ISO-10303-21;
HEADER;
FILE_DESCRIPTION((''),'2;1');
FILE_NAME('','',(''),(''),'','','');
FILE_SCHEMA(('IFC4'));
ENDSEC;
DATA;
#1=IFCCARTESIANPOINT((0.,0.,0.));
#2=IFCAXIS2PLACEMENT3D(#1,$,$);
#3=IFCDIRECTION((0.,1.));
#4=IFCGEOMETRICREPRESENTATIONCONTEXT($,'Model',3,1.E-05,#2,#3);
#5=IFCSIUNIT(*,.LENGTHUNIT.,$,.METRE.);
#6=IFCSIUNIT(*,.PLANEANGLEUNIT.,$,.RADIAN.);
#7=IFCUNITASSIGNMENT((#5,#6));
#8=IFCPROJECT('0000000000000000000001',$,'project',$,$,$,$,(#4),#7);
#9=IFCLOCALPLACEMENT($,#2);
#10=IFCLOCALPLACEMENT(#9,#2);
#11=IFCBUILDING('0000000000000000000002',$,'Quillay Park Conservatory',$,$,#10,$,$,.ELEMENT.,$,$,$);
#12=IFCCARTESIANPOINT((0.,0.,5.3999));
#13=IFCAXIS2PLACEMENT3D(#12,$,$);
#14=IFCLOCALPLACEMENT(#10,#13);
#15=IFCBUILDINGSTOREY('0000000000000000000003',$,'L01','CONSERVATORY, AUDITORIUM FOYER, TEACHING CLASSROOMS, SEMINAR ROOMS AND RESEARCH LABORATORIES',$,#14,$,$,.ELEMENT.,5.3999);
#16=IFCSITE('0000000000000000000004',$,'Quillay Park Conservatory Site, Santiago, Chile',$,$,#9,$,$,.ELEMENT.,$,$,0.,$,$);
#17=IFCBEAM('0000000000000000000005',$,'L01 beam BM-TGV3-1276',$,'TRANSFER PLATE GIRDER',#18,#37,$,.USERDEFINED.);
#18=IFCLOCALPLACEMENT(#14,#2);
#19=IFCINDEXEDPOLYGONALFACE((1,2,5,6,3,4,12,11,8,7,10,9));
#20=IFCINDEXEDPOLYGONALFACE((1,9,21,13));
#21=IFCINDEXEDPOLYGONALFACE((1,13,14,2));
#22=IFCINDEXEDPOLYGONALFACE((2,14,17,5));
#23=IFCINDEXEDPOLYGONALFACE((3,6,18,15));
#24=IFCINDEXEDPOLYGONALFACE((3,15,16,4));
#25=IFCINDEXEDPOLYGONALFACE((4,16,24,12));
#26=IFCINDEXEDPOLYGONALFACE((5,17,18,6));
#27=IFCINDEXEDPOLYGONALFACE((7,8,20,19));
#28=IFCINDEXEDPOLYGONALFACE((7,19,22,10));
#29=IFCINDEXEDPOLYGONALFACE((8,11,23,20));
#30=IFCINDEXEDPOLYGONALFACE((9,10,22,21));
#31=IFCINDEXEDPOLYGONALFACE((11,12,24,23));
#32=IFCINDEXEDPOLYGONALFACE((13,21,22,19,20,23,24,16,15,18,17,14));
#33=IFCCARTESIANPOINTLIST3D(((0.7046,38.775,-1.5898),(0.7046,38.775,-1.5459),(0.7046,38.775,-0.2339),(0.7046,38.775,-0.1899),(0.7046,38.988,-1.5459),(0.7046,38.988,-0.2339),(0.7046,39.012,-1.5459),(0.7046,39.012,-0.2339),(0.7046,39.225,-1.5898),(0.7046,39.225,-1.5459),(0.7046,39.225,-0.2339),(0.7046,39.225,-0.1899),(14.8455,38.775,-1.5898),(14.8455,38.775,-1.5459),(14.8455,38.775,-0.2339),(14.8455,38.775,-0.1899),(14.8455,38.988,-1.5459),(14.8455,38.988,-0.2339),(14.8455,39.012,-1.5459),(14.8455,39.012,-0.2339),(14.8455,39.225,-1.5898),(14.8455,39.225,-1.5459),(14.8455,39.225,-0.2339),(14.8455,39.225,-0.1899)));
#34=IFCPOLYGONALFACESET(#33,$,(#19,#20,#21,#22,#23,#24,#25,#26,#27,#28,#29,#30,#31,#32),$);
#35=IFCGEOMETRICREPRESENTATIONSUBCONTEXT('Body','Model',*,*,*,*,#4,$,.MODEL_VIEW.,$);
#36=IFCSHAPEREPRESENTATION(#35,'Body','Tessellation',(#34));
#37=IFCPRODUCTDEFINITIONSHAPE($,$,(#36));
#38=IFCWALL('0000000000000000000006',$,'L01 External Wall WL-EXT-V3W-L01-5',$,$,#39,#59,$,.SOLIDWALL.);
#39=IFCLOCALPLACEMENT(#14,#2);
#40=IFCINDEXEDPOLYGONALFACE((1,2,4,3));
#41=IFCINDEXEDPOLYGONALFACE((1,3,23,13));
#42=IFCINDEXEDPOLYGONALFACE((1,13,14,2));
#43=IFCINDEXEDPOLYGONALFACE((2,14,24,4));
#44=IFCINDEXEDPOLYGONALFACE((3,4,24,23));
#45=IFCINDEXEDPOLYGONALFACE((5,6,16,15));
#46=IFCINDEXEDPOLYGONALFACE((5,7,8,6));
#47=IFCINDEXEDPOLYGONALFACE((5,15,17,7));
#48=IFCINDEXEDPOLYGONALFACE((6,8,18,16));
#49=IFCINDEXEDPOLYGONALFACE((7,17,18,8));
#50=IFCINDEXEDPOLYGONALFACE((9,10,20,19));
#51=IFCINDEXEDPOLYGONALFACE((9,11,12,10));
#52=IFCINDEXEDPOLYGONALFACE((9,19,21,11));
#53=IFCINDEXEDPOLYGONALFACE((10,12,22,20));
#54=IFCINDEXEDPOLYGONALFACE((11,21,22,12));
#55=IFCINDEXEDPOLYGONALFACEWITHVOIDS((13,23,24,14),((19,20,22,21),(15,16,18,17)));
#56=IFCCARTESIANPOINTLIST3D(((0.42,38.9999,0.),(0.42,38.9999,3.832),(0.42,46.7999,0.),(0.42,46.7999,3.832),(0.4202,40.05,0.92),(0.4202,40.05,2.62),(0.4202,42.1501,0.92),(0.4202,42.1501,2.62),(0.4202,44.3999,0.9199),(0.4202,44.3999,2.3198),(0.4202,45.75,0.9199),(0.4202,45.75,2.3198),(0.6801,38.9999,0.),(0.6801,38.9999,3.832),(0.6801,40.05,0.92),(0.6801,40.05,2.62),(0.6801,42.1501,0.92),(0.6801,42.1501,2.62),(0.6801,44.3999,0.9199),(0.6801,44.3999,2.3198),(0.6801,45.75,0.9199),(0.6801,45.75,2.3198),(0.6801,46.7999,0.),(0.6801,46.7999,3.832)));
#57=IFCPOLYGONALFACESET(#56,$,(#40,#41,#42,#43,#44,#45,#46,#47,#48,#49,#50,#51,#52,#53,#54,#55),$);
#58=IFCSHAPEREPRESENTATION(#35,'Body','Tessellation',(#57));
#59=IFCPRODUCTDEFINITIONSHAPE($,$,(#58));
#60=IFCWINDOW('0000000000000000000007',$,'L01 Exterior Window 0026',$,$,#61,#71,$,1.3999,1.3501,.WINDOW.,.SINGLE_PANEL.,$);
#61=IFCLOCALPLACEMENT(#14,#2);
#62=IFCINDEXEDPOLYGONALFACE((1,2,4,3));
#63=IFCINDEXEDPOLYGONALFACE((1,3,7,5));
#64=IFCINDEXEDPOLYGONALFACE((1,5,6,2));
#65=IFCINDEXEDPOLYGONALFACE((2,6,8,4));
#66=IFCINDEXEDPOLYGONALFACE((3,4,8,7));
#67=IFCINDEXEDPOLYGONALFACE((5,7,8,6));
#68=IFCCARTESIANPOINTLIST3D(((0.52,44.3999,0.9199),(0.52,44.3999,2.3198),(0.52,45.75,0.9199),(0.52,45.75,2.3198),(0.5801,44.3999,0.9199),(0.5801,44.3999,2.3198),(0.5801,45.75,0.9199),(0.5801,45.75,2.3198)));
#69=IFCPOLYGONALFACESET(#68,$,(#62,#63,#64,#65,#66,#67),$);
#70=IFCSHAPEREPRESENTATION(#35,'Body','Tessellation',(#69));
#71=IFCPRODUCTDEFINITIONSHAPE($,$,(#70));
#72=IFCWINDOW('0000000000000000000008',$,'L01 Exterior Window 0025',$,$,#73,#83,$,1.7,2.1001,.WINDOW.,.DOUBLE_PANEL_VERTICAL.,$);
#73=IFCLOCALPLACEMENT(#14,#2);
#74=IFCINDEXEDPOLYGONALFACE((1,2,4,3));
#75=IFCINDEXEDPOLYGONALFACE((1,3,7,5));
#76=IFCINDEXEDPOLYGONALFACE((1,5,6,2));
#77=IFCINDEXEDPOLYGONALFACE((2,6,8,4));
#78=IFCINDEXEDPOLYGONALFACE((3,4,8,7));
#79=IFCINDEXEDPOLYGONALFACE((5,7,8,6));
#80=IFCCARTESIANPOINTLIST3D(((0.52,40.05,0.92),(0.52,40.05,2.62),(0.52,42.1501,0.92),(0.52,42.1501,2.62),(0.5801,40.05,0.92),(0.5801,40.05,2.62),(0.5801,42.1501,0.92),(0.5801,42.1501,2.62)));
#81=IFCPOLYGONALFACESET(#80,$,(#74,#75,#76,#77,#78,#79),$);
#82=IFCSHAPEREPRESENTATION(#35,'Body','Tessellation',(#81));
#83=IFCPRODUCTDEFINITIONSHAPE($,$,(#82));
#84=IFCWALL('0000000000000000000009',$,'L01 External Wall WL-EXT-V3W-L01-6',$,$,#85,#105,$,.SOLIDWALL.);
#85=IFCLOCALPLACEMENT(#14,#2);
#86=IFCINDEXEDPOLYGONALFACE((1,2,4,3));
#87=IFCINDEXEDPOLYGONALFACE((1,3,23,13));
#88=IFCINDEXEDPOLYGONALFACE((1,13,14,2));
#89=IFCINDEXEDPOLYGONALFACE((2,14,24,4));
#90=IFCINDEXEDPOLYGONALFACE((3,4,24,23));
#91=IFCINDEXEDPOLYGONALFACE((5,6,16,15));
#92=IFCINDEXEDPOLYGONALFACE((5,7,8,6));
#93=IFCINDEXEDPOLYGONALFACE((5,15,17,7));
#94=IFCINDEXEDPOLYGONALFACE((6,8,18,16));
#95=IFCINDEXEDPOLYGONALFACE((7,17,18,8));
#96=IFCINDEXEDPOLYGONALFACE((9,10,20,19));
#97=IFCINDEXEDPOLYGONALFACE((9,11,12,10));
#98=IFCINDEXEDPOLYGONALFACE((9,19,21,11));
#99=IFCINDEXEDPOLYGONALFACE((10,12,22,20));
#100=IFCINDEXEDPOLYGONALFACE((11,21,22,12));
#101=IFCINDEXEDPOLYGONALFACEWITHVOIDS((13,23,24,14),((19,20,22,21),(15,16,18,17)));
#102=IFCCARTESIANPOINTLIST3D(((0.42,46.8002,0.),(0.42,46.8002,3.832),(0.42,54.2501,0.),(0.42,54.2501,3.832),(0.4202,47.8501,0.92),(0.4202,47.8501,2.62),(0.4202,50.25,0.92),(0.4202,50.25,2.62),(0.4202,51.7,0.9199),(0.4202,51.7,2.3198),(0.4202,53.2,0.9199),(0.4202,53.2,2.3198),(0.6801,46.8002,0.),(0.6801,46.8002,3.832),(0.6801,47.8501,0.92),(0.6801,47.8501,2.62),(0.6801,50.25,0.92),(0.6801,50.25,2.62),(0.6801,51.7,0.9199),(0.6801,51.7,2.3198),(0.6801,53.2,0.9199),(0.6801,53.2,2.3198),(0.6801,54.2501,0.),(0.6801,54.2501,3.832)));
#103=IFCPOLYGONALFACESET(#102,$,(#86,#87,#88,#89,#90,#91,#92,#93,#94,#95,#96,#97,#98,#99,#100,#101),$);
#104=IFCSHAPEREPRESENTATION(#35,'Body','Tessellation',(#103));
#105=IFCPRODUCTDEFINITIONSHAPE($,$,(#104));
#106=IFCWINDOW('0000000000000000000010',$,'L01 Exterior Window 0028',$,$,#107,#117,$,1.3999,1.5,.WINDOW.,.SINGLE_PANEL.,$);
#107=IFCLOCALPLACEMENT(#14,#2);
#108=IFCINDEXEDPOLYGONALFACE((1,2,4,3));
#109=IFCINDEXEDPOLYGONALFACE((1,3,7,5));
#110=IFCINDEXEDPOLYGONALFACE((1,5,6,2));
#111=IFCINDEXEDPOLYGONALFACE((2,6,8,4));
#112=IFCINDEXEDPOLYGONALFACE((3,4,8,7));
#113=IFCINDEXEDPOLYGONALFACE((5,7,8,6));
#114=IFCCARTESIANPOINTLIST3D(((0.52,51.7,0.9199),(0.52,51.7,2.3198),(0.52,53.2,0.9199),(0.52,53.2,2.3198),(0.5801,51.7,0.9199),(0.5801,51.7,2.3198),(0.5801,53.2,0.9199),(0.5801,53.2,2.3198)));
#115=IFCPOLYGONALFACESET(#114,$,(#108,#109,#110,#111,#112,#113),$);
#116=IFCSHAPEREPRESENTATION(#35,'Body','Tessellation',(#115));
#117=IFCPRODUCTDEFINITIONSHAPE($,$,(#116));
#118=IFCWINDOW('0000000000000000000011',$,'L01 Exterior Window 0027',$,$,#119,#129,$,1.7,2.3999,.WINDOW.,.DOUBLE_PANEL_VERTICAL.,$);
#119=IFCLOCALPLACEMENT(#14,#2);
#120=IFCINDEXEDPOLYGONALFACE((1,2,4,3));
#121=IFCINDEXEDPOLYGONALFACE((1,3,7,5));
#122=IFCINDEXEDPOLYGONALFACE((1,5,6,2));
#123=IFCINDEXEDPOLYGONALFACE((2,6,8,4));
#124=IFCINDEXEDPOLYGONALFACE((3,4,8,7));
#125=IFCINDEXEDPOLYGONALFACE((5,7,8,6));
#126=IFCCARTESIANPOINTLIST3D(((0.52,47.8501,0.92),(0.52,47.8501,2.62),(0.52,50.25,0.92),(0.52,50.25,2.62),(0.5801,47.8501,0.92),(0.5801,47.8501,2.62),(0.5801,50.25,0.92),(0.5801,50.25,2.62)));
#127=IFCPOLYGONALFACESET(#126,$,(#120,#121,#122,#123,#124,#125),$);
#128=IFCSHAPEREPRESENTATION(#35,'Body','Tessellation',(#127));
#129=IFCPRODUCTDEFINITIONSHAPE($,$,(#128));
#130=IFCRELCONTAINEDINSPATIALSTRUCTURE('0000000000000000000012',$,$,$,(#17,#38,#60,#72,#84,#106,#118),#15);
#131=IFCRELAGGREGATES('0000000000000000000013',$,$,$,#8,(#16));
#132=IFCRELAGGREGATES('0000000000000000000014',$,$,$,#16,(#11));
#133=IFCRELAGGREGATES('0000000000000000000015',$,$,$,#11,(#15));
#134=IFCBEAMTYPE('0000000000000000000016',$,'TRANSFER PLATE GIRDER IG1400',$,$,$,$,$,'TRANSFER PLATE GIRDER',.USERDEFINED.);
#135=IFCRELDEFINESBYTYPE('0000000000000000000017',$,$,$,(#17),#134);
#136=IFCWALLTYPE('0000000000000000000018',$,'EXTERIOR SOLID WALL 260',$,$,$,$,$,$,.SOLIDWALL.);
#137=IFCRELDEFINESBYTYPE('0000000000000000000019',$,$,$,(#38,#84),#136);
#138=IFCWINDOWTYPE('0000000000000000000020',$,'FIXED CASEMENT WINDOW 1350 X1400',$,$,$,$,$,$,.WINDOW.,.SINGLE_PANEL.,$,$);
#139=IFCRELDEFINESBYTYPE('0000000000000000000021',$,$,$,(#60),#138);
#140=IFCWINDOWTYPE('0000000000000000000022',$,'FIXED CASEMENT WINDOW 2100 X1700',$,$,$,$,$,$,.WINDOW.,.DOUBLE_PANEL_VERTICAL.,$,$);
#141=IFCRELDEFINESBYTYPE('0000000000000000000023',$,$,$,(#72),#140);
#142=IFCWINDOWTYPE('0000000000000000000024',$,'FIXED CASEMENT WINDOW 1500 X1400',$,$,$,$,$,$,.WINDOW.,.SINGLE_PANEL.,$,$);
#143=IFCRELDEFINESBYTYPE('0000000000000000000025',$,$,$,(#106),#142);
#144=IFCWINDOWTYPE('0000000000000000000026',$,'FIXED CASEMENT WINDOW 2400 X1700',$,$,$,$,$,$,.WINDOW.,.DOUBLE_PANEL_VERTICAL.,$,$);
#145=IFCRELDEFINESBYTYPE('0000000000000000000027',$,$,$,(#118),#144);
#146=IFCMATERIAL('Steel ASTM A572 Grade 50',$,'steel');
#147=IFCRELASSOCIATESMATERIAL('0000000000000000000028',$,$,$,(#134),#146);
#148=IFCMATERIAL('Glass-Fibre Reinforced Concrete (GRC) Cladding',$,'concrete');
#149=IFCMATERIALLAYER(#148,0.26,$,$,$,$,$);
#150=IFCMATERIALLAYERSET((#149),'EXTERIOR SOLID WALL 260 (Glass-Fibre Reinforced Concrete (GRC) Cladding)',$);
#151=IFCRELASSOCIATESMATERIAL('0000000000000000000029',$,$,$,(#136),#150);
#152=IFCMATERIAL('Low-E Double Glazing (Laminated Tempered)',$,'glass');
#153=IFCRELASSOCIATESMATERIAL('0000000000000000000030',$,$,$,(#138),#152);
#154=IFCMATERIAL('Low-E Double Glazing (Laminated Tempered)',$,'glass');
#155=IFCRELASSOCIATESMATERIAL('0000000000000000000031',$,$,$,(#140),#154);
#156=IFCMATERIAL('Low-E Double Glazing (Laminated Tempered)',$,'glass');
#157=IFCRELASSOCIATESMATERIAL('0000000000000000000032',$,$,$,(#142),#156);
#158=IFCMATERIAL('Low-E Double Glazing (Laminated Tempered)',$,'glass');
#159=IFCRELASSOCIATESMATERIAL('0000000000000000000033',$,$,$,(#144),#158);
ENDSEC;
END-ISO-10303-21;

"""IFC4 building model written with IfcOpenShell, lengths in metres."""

from ifc_helpers import new_model, si_unit, direction, frame, frame_2d, origin, origin_2d, place, context, subcontext, project, spatial, rectangle, i_section, extrude, material, layer, layer_set, material_profile, profile_set, type_object, element, fill, save


model = new_model("IFC4")

# Units and contexts
model_context = context("Model", 3, precision=1e-05, world=origin(), true_north=direction((0.0, 1.0)))
body_context = subcontext(model_context, "Body", "Model", "MODEL_VIEW")
ifc_project = project(units=[si_unit("LENGTHUNIT", "METRE"), si_unit("PLANEANGLEUNIT", "RADIAN")], contexts=[model_context])

# Site, building, storey
site_placement = place(None, origin())
site = spatial("IfcSite", under=ifc_project, at=site_placement, Name="Quillay Park Conservatory Site, Santiago, Chile", CompositionType="ELEMENT", RefElevation=0.0)
building_placement = place(site_placement, origin())
building = spatial("IfcBuilding", under=site, at=building_placement, Name="Quillay Park Conservatory", CompositionType="ELEMENT")
storey_placement = place(building_placement, frame((0.0, 0.0, 5.3999)))
storey = spatial("IfcBuildingStorey", under=building, at=storey_placement, Name="L01", Description="CONSERVATORY, AUDITORIUM FOYER, TEACHING CLASSROOMS, SEMINAR ROOMS AND RESEARCH LABORATORIES", CompositionType="ELEMENT", Elevation=5.3999)

# Beam
ifc_material_1 = material(Name="Steel ASTM A572 Grade 50", Category="steel")
ifc_material_profile_1 = material_profile(ifc_material_1, i_section(OverallWidth=0.45, OverallDepth=1.3999, WebThickness=0.0239, FlangeThickness=0.0439, at=origin_2d()), Name="IG1400x450")
ifc_profile_set_1 = profile_set([ifc_material_profile_1], Name="Steel ASTM A572 Grade 50")
beam_type_1 = type_object("IfcBeamType", Name="TRANSFER PLATE GIRDER IG1400", ElementType="TRANSFER PLATE GIRDER", PredefinedType="USERDEFINED", material=ifc_profile_set_1)
beam_1_placement = place(storey_placement, frame((0.7046, 39.0, -0.8899), z_axis=(1.0, 0.0, 0.0), x_axis=(0.0, 1.0, 0.0)))
element("IfcBeam", 1, at=beam_1_placement, inside=storey, type_object=beam_type_1, Name="L01 beam BM-TGV3-1276", ObjectType="TRANSFER PLATE GIRDER", PredefinedType="USERDEFINED", context=body_context, shape_type="SweptSolid", body=[
    extrude(i_section(OverallWidth=0.45, OverallDepth=1.3999, WebThickness=0.0239, FlangeThickness=0.0439, at=origin_2d()), origin(), (0.0, 0.0, 1.0), 14.1409),
])

# Walls, openings, windows
ifc_material_2 = material(Name="Glass-Fibre Reinforced Concrete (GRC) Cladding", Category="concrete")
ifc_layer = layer(ifc_material_2, 0.26)
ifc_layer_set = layer_set([ifc_layer], Name="EXTERIOR SOLID WALL 260 (Glass-Fibre Reinforced Concrete (GRC) Cladding)")
wall_type = type_object("IfcWallType", Name="EXTERIOR SOLID WALL 260", PredefinedType="SOLIDWALL", material=ifc_layer_set)
wall_1_placement = place(storey_placement, frame((0.55, 39.0, 0.0), z_axis=(0.0, 0.0, 1.0), x_axis=(0.0, 1.0, 0.0)))
wall_1 = element("IfcWall", 2, at=wall_1_placement, inside=storey, type_object=wall_type, Name="L01 External Wall WL-EXT-V3W-L01-5", PredefinedType="SOLIDWALL", context=body_context, shape_type="SweptSolid", body=[
    extrude(rectangle(XDim=7.8, YDim=0.26, at=frame_2d((3.8999, 0.0))), origin(), (0.0, 0.0, 1.0), 3.832),
])
opening_1_placement = place(wall_1_placement, frame((1.05, 0.0, 0.9199)))
opening_1 = element("IfcOpeningElement", 3, at=opening_1_placement, cuts=wall_1, PredefinedType="OPENING", context=body_context, shape_type="SweptSolid", body=[
    extrude(rectangle(XDim=2.1001, YDim=1.7, at=frame_2d((1.05, 0.8501))), frame((0.0, 0.1299, 0.0), z_axis=(0.0, -1.0, 0.0), x_axis=(1.0, 0.0, 0.0)), (0.0, 0.0, 1.0), 0.26),
])
opening_2_placement = place(wall_1_placement, frame((5.3999, 0.0, 0.9199)))
opening_2 = element("IfcOpeningElement", 4, at=opening_2_placement, cuts=wall_1, PredefinedType="OPENING", context=body_context, shape_type="SweptSolid", body=[
    extrude(rectangle(XDim=1.3501, YDim=1.3999, at=frame_2d((0.675, 0.7))), frame((0.0, 0.1299, 0.0), z_axis=(0.0, -1.0, 0.0), x_axis=(1.0, 0.0, 0.0)), (0.0, 0.0, 1.0), 0.26),
])
ifc_material_3 = material(Name="Low-E Double Glazing (Laminated Tempered)", Category="glass")
window_type_1 = type_object("IfcWindowType", Name="FIXED CASEMENT WINDOW 1350 X1400", PartitioningType="SINGLE_PANEL", PredefinedType="WINDOW", material=ifc_material_3)
window_1_placement = place(opening_2_placement, origin())
window_1 = element("IfcWindow", 5, at=window_1_placement, inside=storey, type_object=window_type_1, Name="L01 Exterior Window 0026", OverallHeight=1.3999, OverallWidth=1.3501, PartitioningType="SINGLE_PANEL", PredefinedType="WINDOW", context=body_context, shape_type="SweptSolid", body=[
    extrude(rectangle(XDim=1.3501, YDim=1.3999, at=frame_2d((0.675, 0.7))), frame((0.0, 0.03, 0.0), z_axis=(0.0, -1.0, 0.0), x_axis=(1.0, 0.0, 0.0)), (0.0, 0.0, 1.0), 0.0601),
])
fill(opening_2, window_1)
ifc_material_4 = material(Name="Low-E Double Glazing (Laminated Tempered)", Category="glass")
window_type_2 = type_object("IfcWindowType", Name="FIXED CASEMENT WINDOW 2100 X1700", PartitioningType="DOUBLE_PANEL_VERTICAL", PredefinedType="WINDOW", material=ifc_material_4)
window_2_placement = place(opening_1_placement, origin())
window_2 = element("IfcWindow", 6, at=window_2_placement, inside=storey, type_object=window_type_2, Name="L01 Exterior Window 0025", OverallHeight=1.7, OverallWidth=2.1001, PartitioningType="DOUBLE_PANEL_VERTICAL", PredefinedType="WINDOW", context=body_context, shape_type="SweptSolid", body=[
    extrude(rectangle(XDim=2.1001, YDim=1.7, at=frame_2d((1.05, 0.8501))), frame((0.0, 0.03, 0.0), z_axis=(0.0, -1.0, 0.0), x_axis=(1.0, 0.0, 0.0)), (0.0, 0.0, 1.0), 0.0601),
])
fill(opening_1, window_2)
wall_2_placement = place(storey_placement, frame((0.55, 46.8, 0.0), z_axis=(0.0, 0.0, 1.0), x_axis=(0.0, 1.0, 0.0)))
wall_2 = element("IfcWall", 7, at=wall_2_placement, inside=storey, type_object=wall_type, Name="L01 External Wall WL-EXT-V3W-L01-6", PredefinedType="SOLIDWALL", context=body_context, shape_type="SweptSolid", body=[
    extrude(rectangle(XDim=7.45, YDim=0.26, at=frame_2d((3.7251, 0.0))), origin(), (0.0, 0.0, 1.0), 3.832),
])
opening_3_placement = place(wall_2_placement, frame((1.05, 0.0, 0.9199)))
opening_3 = element("IfcOpeningElement", 8, at=opening_3_placement, cuts=wall_2, PredefinedType="OPENING", context=body_context, shape_type="SweptSolid", body=[
    extrude(rectangle(XDim=2.3999, YDim=1.7, at=frame_2d((1.2, 0.8501))), frame((0.0, 0.1299, 0.0), z_axis=(0.0, -1.0, 0.0), x_axis=(1.0, 0.0, 0.0)), (0.0, 0.0, 1.0), 0.26),
])
opening_4_placement = place(wall_2_placement, frame((4.8999, 0.0, 0.9199)))
opening_4 = element("IfcOpeningElement", 9, at=opening_4_placement, cuts=wall_2, PredefinedType="OPENING", context=body_context, shape_type="SweptSolid", body=[
    extrude(rectangle(XDim=1.5, YDim=1.3999, at=frame_2d((0.75, 0.7))), frame((0.0, 0.1299, 0.0), z_axis=(0.0, -1.0, 0.0), x_axis=(1.0, 0.0, 0.0)), (0.0, 0.0, 1.0), 0.26),
])
ifc_material_5 = material(Name="Low-E Double Glazing (Laminated Tempered)", Category="glass")
window_type_3 = type_object("IfcWindowType", Name="FIXED CASEMENT WINDOW 1500 X1400", PartitioningType="SINGLE_PANEL", PredefinedType="WINDOW", material=ifc_material_5)
window_3_placement = place(opening_4_placement, origin())
window_3 = element("IfcWindow", 10, at=window_3_placement, inside=storey, type_object=window_type_3, Name="L01 Exterior Window 0028", OverallHeight=1.3999, OverallWidth=1.5, PartitioningType="SINGLE_PANEL", PredefinedType="WINDOW", context=body_context, shape_type="SweptSolid", body=[
    extrude(rectangle(XDim=1.5, YDim=1.3999, at=frame_2d((0.75, 0.7))), frame((0.0, 0.03, 0.0), z_axis=(0.0, -1.0, 0.0), x_axis=(1.0, 0.0, 0.0)), (0.0, 0.0, 1.0), 0.0601),
])
fill(opening_4, window_3)
ifc_material_6 = material(Name="Low-E Double Glazing (Laminated Tempered)", Category="glass")
window_type_4 = type_object("IfcWindowType", Name="FIXED CASEMENT WINDOW 2400 X1700", PartitioningType="DOUBLE_PANEL_VERTICAL", PredefinedType="WINDOW", material=ifc_material_6)
window_4_placement = place(opening_3_placement, origin())
window_4 = element("IfcWindow", 11, at=window_4_placement, inside=storey, type_object=window_type_4, Name="L01 Exterior Window 0027", OverallHeight=1.7, OverallWidth=2.3999, PartitioningType="DOUBLE_PANEL_VERTICAL", PredefinedType="WINDOW", context=body_context, shape_type="SweptSolid", body=[
    extrude(rectangle(XDim=2.3999, YDim=1.7, at=frame_2d((1.2, 0.8501))), frame((0.0, 0.03, 0.0), z_axis=(0.0, -1.0, 0.0), x_axis=(1.0, 0.0, 0.0)), (0.0, 0.0, 1.0), 0.0601),
])
fill(opening_3, window_4)

save(model, "model.ifc")
